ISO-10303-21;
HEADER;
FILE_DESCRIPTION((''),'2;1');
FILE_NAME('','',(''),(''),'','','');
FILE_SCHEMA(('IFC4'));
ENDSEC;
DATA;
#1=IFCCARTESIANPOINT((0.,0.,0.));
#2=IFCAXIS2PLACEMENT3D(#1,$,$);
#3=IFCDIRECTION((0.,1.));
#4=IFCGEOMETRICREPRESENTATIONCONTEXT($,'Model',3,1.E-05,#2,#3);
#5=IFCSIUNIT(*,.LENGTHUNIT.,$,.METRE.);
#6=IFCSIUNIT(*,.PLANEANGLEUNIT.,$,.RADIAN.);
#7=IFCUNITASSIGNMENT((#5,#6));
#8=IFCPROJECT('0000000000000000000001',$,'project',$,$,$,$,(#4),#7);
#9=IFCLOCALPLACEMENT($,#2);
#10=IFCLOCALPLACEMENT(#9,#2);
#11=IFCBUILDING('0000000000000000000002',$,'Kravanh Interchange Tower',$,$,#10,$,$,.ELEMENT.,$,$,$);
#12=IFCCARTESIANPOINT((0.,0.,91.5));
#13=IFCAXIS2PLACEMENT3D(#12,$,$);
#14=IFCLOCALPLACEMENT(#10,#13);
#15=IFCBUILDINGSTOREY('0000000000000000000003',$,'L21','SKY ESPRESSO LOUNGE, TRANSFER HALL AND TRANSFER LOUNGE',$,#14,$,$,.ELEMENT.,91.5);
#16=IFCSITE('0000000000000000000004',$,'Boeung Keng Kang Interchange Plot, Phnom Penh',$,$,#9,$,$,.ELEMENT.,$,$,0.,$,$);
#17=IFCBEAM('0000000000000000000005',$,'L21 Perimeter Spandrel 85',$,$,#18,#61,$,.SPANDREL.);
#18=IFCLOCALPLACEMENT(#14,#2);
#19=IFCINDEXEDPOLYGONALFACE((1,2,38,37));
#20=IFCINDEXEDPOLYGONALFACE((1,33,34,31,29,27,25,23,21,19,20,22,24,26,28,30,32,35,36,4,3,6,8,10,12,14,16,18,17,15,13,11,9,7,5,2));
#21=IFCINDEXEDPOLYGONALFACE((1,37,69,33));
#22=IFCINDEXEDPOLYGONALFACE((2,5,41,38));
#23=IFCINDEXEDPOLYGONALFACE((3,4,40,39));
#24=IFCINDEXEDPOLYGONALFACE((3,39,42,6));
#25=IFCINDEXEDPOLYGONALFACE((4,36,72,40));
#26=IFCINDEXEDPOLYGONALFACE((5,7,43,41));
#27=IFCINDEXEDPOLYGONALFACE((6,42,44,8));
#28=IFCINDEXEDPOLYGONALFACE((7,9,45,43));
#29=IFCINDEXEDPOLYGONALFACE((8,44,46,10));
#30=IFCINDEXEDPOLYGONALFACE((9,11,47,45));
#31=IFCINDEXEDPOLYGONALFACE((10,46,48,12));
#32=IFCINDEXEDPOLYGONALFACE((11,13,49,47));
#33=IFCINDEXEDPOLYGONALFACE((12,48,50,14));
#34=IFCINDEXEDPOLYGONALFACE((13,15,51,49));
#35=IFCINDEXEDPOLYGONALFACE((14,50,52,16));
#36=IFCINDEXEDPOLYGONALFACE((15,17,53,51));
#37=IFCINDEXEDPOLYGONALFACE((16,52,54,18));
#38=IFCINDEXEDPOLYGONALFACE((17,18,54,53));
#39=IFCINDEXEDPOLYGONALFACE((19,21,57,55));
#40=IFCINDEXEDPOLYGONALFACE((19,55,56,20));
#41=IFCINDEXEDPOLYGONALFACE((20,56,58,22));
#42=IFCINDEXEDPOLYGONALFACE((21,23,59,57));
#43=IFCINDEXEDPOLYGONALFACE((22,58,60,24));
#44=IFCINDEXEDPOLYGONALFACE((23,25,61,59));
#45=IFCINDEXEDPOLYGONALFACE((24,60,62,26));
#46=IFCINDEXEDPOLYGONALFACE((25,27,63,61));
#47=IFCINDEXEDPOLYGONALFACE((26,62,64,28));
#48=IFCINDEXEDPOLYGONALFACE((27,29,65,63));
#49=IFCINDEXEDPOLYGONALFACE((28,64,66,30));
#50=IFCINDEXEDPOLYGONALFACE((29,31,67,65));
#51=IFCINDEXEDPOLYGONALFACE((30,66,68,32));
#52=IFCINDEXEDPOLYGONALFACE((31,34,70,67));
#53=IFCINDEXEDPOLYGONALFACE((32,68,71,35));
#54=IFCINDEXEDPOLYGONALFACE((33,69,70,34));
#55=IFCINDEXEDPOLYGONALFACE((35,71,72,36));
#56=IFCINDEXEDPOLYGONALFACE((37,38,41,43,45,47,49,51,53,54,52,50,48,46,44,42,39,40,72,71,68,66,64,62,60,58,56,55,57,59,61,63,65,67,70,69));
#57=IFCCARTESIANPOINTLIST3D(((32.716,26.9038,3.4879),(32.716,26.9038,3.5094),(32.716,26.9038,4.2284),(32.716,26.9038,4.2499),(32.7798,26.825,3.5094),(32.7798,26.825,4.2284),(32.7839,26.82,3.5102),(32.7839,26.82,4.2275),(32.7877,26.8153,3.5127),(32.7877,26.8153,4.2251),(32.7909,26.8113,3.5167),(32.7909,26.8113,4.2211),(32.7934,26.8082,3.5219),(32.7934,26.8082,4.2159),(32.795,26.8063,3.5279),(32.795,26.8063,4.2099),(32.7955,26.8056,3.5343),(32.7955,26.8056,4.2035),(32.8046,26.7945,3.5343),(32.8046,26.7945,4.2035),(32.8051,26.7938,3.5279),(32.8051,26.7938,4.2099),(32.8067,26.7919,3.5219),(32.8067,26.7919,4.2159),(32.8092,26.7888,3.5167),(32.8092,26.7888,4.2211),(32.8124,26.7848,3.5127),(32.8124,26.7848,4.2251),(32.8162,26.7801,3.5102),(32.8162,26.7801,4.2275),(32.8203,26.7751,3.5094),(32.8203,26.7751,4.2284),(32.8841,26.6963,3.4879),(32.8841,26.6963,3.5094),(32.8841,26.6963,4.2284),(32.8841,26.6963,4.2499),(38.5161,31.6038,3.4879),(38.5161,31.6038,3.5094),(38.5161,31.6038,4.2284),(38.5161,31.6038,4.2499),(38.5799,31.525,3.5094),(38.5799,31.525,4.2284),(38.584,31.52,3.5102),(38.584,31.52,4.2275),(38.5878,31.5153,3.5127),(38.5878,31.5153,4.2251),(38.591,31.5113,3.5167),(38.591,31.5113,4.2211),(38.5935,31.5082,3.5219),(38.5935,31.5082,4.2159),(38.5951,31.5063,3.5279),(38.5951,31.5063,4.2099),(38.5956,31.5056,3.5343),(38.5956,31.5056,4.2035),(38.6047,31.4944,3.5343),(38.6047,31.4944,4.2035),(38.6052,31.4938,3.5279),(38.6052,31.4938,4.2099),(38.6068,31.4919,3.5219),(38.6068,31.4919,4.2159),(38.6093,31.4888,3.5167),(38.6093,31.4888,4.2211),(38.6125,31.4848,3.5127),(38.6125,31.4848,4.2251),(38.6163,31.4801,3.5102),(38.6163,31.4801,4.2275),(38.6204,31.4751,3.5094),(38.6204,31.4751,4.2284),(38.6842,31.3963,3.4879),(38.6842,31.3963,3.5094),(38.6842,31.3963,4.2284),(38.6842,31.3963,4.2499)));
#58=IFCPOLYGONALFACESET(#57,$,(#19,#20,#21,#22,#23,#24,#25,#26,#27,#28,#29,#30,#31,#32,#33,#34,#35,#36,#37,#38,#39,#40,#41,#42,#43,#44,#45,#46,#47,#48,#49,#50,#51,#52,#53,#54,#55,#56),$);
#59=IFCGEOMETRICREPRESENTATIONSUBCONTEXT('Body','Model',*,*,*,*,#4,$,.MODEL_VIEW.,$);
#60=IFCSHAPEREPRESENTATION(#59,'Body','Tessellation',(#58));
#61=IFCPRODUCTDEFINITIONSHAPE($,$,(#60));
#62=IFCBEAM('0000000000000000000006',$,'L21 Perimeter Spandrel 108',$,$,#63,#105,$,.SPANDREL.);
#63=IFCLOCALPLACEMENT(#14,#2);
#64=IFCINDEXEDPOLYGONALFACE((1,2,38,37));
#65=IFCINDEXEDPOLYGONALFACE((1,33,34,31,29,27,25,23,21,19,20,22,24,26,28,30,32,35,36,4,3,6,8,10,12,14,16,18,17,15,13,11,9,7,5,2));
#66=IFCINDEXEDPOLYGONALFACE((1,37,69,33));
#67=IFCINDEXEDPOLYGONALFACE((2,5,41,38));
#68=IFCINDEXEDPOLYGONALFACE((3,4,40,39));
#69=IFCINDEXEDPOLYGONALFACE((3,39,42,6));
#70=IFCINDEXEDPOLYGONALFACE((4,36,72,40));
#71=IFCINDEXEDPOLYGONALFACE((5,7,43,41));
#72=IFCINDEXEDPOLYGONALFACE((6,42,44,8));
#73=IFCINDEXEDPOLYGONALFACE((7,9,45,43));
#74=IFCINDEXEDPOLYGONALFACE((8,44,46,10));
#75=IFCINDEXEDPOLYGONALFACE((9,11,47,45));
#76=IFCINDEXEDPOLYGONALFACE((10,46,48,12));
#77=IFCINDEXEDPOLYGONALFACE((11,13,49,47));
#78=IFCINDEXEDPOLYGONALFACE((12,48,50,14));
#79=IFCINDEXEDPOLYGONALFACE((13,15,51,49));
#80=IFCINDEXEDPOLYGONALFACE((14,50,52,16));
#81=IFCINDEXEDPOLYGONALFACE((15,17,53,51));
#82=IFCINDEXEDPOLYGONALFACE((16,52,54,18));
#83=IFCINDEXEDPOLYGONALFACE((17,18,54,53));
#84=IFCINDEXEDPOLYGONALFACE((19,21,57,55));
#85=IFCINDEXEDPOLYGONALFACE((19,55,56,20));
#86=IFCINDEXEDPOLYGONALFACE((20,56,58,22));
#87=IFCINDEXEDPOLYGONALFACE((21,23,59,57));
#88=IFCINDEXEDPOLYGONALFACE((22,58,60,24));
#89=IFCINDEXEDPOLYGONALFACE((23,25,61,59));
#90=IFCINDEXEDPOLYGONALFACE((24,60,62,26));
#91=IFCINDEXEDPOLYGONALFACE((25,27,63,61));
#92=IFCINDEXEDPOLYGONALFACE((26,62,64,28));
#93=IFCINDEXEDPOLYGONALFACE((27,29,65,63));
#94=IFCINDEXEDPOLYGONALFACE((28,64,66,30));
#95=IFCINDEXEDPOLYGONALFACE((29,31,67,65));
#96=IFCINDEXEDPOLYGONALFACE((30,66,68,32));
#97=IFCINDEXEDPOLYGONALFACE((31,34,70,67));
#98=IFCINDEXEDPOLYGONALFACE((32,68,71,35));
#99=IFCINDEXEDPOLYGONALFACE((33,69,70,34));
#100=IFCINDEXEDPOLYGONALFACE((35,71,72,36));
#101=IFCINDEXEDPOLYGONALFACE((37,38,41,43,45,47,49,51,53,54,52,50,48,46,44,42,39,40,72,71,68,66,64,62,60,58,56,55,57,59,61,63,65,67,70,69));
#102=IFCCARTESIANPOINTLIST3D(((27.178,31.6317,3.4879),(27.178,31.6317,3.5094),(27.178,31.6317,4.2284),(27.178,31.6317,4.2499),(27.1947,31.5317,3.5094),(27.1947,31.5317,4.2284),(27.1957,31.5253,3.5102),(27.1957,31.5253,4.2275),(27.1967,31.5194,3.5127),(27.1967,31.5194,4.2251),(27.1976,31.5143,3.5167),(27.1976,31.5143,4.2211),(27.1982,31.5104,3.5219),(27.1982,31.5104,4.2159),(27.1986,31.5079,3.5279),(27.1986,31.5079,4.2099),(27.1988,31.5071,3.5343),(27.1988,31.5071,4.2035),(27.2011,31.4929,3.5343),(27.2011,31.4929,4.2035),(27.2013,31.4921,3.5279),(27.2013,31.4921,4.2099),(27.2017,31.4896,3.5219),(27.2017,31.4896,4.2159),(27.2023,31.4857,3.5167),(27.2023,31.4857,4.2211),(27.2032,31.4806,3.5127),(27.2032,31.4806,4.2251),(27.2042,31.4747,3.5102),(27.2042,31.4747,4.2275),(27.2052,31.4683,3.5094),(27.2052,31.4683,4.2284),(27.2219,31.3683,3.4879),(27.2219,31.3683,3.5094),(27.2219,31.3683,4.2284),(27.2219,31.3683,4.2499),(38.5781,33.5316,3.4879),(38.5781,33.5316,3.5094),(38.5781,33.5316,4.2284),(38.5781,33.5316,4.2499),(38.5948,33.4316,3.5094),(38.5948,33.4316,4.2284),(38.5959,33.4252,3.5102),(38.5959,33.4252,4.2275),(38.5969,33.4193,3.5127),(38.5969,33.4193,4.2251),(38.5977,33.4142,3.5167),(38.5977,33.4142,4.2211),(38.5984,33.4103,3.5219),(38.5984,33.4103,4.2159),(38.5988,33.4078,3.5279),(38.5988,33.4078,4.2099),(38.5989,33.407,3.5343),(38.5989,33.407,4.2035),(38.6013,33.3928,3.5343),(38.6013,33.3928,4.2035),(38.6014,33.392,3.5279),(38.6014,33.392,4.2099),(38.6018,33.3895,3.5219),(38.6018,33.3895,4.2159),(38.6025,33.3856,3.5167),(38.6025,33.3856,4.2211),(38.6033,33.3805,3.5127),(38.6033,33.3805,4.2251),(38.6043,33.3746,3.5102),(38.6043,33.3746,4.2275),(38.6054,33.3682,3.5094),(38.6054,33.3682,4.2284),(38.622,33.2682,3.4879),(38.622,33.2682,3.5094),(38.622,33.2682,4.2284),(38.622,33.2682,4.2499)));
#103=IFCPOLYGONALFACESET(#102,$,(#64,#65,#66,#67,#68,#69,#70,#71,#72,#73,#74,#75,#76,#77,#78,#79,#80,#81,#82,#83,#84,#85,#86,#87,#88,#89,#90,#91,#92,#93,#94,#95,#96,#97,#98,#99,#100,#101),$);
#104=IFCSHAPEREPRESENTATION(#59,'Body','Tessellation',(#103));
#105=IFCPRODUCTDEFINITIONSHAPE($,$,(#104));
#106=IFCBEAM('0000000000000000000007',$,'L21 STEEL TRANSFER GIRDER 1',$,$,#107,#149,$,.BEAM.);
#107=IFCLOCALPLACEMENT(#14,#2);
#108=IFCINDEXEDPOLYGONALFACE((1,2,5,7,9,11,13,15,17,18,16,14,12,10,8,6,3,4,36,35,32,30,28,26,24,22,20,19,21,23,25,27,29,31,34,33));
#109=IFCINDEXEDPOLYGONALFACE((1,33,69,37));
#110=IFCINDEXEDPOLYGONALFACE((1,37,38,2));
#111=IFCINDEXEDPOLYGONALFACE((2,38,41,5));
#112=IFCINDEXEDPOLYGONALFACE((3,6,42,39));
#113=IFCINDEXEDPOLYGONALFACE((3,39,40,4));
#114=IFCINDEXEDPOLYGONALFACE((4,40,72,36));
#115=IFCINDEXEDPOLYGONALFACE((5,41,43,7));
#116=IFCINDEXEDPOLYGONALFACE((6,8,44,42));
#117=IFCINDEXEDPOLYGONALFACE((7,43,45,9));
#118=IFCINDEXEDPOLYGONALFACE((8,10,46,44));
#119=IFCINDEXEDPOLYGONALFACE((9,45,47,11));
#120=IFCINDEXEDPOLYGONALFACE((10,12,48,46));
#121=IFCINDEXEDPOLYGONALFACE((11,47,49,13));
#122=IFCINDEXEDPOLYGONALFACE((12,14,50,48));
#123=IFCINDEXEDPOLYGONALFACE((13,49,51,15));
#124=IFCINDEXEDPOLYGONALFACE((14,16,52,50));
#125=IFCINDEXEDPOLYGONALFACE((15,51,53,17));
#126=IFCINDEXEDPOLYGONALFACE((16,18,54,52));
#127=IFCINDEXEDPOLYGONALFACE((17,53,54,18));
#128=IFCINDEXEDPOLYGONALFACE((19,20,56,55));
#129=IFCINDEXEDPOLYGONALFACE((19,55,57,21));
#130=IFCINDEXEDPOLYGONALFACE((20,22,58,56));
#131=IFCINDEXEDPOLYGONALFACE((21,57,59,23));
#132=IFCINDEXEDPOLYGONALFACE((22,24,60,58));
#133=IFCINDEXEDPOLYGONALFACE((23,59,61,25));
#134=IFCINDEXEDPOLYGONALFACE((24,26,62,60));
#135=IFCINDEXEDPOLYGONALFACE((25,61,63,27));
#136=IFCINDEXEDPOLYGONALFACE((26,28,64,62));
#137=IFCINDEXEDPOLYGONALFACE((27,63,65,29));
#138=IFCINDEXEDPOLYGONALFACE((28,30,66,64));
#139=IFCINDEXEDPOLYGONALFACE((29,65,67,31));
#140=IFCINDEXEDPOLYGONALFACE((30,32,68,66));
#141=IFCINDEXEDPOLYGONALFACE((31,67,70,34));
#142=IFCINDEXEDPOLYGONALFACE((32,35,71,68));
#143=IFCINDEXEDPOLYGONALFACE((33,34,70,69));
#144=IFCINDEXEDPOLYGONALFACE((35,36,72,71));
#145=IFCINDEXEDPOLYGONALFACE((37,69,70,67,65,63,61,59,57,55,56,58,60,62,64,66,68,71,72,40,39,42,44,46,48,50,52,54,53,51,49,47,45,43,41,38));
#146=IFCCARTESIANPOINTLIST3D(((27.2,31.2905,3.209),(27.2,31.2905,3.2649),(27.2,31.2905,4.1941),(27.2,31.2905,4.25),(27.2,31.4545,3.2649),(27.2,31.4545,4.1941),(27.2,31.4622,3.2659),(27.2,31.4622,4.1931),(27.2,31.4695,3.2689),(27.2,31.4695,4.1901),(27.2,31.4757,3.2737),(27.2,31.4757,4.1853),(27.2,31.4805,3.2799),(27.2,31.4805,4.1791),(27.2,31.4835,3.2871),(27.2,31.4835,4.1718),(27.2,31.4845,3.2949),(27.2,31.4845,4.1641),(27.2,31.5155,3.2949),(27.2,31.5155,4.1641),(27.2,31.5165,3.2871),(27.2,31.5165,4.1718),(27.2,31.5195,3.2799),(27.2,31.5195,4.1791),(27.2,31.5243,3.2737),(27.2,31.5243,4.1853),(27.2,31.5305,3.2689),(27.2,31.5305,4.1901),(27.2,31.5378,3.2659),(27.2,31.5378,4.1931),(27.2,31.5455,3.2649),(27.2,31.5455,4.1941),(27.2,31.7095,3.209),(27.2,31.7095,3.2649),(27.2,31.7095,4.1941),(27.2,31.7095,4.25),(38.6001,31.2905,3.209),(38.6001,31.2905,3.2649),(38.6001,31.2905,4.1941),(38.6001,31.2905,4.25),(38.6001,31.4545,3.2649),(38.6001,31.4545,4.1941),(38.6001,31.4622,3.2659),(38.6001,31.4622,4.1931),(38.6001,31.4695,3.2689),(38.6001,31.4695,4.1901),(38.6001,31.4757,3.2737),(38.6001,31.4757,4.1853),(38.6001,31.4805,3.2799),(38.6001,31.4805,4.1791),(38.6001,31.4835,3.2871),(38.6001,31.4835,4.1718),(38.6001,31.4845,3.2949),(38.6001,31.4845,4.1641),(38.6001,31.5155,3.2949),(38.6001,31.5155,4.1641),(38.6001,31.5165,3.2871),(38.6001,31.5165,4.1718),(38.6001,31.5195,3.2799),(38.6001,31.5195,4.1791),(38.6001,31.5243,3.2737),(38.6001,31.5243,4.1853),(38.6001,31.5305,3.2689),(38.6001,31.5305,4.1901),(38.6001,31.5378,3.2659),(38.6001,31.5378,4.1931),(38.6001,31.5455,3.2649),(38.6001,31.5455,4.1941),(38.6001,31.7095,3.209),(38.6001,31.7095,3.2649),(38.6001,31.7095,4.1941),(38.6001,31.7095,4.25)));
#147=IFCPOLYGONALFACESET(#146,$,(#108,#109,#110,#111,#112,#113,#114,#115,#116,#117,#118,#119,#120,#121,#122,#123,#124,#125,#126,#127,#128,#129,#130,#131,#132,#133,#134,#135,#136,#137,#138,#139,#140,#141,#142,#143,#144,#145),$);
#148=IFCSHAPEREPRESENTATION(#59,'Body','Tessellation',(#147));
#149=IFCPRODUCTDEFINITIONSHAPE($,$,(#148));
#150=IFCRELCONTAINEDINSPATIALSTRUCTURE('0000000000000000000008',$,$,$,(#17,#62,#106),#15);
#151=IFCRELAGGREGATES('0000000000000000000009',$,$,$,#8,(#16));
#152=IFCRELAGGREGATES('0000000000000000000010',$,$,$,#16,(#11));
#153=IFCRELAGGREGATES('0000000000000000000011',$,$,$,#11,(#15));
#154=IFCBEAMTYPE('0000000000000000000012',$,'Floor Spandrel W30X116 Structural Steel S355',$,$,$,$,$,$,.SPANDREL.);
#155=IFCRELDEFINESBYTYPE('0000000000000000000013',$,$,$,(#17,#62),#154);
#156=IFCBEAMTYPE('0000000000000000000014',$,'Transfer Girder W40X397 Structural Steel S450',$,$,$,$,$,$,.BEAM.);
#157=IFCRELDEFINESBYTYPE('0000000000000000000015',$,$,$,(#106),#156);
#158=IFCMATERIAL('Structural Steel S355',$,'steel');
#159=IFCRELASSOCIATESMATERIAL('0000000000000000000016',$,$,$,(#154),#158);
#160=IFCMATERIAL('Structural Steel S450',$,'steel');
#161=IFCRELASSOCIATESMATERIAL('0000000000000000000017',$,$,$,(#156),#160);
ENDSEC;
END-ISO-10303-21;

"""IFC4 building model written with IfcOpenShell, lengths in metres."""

from ifc_helpers import new_model, si_unit, direction, frame, origin, origin_2d, place, context, subcontext, project, spatial, i_section, extrude, material, material_profile, profile_set, type_object, element, save


model = new_model("IFC4")

# Units and contexts
model_context = context("Model", 3, precision=1e-05, world=origin(), true_north=direction((0.0, 1.0)))
body_context = subcontext(model_context, "Body", "Model", "MODEL_VIEW")
ifc_project = project(units=[si_unit("LENGTHUNIT", "METRE"), si_unit("PLANEANGLEUNIT", "RADIAN")], contexts=[model_context])

# Site, building, storey
site_placement = place(None, origin())
site = spatial("IfcSite", under=ifc_project, at=site_placement, Name="Boeung Keng Kang Interchange Plot, Phnom Penh", CompositionType="ELEMENT", RefElevation=0.0)
building_placement = place(site_placement, origin())
building = spatial("IfcBuilding", under=site, at=building_placement, Name="Kravanh Interchange Tower", CompositionType="ELEMENT")
storey_placement = place(building_placement, frame((0.0, 0.0, 91.5)))
storey = spatial("IfcBuildingStorey", under=building, at=storey_placement, Name="L21", Description="SKY ESPRESSO LOUNGE, TRANSFER HALL AND TRANSFER LOUNGE", CompositionType="ELEMENT", Elevation=91.5)

# Beams
ifc_material_1 = material(Name="Structural Steel S355", Category="steel")
ifc_material_profile_1 = material_profile(ifc_material_1, i_section(OverallWidth=0.2671, OverallDepth=0.762, WebThickness=0.0144, FlangeThickness=0.0215, FilletRadius=0.0249, at=origin_2d()), Name="W30X116")
ifc_profile_set_1 = profile_set([ifc_material_profile_1], Name="Structural Steel S355")
beam_type_1 = type_object("IfcBeamType", Name="Floor Spandrel W30X116 Structural Steel S355", PredefinedType="SPANDREL", material=ifc_profile_set_1)
beam_1_placement = place(storey_placement, frame((32.8, 26.8, 3.8689), z_axis=(0.776939, 0.629576, 0.0), x_axis=(-0.629576, 0.776939, 0.0)))
element("IfcBeam", 1, at=beam_1_placement, inside=storey, type_object=beam_type_1, Name="L21 Perimeter Spandrel 85", PredefinedType="SPANDREL", context=body_context, shape_type="SweptSolid", body=[
    extrude(i_section(OverallWidth=0.2671, OverallDepth=0.762, WebThickness=0.0144, FlangeThickness=0.0215, FilletRadius=0.0249, at=origin_2d()), origin(), (0.0, 0.0, 1.0), 7.4653),
])
beam_2_placement = place(storey_placement, frame((27.2, 31.5, 3.8689), z_axis=(0.986396, 0.164389, 0.0), x_axis=(-0.164389, 0.986396, 0.0)))
element("IfcBeam", 2, at=beam_2_placement, inside=storey, type_object=beam_type_1, Name="L21 Perimeter Spandrel 108", PredefinedType="SPANDREL", context=body_context, shape_type="SweptSolid", body=[
    extrude(i_section(OverallWidth=0.2671, OverallDepth=0.762, WebThickness=0.0144, FlangeThickness=0.0215, FilletRadius=0.0249, at=origin_2d()), origin(), (0.0, 0.0, 1.0), 11.5574),
])
ifc_material_2 = material(Name="Structural Steel S450", Category="steel")
ifc_material_profile_2 = material_profile(ifc_material_2, i_section(OverallWidth=0.4189, OverallDepth=1.041, WebThickness=0.031, FlangeThickness=0.0559, FilletRadius=0.03, at=origin_2d()), Name="W40X397")
ifc_profile_set_2 = profile_set([ifc_material_profile_2], Name="Structural Steel S450")
beam_type_2 = type_object("IfcBeamType", Name="Transfer Girder W40X397 Structural Steel S450", PredefinedType="BEAM", material=ifc_profile_set_2)
beam_3_placement = place(storey_placement, frame((27.2, 31.5, 3.7295), z_axis=(1.0, 0.0, 0.0), x_axis=(0.0, 1.0, 0.0)))
element("IfcBeam", 3, at=beam_3_placement, inside=storey, type_object=beam_type_2, Name="L21 STEEL TRANSFER GIRDER 1", PredefinedType="BEAM", context=body_context, shape_type="SweptSolid", body=[
    extrude(i_section(OverallWidth=0.4189, OverallDepth=1.041, WebThickness=0.031, FlangeThickness=0.0559, FilletRadius=0.03, at=origin_2d()), origin(), (0.0, 0.0, 1.0), 11.4001),
])

save(model, "model.ifc")
